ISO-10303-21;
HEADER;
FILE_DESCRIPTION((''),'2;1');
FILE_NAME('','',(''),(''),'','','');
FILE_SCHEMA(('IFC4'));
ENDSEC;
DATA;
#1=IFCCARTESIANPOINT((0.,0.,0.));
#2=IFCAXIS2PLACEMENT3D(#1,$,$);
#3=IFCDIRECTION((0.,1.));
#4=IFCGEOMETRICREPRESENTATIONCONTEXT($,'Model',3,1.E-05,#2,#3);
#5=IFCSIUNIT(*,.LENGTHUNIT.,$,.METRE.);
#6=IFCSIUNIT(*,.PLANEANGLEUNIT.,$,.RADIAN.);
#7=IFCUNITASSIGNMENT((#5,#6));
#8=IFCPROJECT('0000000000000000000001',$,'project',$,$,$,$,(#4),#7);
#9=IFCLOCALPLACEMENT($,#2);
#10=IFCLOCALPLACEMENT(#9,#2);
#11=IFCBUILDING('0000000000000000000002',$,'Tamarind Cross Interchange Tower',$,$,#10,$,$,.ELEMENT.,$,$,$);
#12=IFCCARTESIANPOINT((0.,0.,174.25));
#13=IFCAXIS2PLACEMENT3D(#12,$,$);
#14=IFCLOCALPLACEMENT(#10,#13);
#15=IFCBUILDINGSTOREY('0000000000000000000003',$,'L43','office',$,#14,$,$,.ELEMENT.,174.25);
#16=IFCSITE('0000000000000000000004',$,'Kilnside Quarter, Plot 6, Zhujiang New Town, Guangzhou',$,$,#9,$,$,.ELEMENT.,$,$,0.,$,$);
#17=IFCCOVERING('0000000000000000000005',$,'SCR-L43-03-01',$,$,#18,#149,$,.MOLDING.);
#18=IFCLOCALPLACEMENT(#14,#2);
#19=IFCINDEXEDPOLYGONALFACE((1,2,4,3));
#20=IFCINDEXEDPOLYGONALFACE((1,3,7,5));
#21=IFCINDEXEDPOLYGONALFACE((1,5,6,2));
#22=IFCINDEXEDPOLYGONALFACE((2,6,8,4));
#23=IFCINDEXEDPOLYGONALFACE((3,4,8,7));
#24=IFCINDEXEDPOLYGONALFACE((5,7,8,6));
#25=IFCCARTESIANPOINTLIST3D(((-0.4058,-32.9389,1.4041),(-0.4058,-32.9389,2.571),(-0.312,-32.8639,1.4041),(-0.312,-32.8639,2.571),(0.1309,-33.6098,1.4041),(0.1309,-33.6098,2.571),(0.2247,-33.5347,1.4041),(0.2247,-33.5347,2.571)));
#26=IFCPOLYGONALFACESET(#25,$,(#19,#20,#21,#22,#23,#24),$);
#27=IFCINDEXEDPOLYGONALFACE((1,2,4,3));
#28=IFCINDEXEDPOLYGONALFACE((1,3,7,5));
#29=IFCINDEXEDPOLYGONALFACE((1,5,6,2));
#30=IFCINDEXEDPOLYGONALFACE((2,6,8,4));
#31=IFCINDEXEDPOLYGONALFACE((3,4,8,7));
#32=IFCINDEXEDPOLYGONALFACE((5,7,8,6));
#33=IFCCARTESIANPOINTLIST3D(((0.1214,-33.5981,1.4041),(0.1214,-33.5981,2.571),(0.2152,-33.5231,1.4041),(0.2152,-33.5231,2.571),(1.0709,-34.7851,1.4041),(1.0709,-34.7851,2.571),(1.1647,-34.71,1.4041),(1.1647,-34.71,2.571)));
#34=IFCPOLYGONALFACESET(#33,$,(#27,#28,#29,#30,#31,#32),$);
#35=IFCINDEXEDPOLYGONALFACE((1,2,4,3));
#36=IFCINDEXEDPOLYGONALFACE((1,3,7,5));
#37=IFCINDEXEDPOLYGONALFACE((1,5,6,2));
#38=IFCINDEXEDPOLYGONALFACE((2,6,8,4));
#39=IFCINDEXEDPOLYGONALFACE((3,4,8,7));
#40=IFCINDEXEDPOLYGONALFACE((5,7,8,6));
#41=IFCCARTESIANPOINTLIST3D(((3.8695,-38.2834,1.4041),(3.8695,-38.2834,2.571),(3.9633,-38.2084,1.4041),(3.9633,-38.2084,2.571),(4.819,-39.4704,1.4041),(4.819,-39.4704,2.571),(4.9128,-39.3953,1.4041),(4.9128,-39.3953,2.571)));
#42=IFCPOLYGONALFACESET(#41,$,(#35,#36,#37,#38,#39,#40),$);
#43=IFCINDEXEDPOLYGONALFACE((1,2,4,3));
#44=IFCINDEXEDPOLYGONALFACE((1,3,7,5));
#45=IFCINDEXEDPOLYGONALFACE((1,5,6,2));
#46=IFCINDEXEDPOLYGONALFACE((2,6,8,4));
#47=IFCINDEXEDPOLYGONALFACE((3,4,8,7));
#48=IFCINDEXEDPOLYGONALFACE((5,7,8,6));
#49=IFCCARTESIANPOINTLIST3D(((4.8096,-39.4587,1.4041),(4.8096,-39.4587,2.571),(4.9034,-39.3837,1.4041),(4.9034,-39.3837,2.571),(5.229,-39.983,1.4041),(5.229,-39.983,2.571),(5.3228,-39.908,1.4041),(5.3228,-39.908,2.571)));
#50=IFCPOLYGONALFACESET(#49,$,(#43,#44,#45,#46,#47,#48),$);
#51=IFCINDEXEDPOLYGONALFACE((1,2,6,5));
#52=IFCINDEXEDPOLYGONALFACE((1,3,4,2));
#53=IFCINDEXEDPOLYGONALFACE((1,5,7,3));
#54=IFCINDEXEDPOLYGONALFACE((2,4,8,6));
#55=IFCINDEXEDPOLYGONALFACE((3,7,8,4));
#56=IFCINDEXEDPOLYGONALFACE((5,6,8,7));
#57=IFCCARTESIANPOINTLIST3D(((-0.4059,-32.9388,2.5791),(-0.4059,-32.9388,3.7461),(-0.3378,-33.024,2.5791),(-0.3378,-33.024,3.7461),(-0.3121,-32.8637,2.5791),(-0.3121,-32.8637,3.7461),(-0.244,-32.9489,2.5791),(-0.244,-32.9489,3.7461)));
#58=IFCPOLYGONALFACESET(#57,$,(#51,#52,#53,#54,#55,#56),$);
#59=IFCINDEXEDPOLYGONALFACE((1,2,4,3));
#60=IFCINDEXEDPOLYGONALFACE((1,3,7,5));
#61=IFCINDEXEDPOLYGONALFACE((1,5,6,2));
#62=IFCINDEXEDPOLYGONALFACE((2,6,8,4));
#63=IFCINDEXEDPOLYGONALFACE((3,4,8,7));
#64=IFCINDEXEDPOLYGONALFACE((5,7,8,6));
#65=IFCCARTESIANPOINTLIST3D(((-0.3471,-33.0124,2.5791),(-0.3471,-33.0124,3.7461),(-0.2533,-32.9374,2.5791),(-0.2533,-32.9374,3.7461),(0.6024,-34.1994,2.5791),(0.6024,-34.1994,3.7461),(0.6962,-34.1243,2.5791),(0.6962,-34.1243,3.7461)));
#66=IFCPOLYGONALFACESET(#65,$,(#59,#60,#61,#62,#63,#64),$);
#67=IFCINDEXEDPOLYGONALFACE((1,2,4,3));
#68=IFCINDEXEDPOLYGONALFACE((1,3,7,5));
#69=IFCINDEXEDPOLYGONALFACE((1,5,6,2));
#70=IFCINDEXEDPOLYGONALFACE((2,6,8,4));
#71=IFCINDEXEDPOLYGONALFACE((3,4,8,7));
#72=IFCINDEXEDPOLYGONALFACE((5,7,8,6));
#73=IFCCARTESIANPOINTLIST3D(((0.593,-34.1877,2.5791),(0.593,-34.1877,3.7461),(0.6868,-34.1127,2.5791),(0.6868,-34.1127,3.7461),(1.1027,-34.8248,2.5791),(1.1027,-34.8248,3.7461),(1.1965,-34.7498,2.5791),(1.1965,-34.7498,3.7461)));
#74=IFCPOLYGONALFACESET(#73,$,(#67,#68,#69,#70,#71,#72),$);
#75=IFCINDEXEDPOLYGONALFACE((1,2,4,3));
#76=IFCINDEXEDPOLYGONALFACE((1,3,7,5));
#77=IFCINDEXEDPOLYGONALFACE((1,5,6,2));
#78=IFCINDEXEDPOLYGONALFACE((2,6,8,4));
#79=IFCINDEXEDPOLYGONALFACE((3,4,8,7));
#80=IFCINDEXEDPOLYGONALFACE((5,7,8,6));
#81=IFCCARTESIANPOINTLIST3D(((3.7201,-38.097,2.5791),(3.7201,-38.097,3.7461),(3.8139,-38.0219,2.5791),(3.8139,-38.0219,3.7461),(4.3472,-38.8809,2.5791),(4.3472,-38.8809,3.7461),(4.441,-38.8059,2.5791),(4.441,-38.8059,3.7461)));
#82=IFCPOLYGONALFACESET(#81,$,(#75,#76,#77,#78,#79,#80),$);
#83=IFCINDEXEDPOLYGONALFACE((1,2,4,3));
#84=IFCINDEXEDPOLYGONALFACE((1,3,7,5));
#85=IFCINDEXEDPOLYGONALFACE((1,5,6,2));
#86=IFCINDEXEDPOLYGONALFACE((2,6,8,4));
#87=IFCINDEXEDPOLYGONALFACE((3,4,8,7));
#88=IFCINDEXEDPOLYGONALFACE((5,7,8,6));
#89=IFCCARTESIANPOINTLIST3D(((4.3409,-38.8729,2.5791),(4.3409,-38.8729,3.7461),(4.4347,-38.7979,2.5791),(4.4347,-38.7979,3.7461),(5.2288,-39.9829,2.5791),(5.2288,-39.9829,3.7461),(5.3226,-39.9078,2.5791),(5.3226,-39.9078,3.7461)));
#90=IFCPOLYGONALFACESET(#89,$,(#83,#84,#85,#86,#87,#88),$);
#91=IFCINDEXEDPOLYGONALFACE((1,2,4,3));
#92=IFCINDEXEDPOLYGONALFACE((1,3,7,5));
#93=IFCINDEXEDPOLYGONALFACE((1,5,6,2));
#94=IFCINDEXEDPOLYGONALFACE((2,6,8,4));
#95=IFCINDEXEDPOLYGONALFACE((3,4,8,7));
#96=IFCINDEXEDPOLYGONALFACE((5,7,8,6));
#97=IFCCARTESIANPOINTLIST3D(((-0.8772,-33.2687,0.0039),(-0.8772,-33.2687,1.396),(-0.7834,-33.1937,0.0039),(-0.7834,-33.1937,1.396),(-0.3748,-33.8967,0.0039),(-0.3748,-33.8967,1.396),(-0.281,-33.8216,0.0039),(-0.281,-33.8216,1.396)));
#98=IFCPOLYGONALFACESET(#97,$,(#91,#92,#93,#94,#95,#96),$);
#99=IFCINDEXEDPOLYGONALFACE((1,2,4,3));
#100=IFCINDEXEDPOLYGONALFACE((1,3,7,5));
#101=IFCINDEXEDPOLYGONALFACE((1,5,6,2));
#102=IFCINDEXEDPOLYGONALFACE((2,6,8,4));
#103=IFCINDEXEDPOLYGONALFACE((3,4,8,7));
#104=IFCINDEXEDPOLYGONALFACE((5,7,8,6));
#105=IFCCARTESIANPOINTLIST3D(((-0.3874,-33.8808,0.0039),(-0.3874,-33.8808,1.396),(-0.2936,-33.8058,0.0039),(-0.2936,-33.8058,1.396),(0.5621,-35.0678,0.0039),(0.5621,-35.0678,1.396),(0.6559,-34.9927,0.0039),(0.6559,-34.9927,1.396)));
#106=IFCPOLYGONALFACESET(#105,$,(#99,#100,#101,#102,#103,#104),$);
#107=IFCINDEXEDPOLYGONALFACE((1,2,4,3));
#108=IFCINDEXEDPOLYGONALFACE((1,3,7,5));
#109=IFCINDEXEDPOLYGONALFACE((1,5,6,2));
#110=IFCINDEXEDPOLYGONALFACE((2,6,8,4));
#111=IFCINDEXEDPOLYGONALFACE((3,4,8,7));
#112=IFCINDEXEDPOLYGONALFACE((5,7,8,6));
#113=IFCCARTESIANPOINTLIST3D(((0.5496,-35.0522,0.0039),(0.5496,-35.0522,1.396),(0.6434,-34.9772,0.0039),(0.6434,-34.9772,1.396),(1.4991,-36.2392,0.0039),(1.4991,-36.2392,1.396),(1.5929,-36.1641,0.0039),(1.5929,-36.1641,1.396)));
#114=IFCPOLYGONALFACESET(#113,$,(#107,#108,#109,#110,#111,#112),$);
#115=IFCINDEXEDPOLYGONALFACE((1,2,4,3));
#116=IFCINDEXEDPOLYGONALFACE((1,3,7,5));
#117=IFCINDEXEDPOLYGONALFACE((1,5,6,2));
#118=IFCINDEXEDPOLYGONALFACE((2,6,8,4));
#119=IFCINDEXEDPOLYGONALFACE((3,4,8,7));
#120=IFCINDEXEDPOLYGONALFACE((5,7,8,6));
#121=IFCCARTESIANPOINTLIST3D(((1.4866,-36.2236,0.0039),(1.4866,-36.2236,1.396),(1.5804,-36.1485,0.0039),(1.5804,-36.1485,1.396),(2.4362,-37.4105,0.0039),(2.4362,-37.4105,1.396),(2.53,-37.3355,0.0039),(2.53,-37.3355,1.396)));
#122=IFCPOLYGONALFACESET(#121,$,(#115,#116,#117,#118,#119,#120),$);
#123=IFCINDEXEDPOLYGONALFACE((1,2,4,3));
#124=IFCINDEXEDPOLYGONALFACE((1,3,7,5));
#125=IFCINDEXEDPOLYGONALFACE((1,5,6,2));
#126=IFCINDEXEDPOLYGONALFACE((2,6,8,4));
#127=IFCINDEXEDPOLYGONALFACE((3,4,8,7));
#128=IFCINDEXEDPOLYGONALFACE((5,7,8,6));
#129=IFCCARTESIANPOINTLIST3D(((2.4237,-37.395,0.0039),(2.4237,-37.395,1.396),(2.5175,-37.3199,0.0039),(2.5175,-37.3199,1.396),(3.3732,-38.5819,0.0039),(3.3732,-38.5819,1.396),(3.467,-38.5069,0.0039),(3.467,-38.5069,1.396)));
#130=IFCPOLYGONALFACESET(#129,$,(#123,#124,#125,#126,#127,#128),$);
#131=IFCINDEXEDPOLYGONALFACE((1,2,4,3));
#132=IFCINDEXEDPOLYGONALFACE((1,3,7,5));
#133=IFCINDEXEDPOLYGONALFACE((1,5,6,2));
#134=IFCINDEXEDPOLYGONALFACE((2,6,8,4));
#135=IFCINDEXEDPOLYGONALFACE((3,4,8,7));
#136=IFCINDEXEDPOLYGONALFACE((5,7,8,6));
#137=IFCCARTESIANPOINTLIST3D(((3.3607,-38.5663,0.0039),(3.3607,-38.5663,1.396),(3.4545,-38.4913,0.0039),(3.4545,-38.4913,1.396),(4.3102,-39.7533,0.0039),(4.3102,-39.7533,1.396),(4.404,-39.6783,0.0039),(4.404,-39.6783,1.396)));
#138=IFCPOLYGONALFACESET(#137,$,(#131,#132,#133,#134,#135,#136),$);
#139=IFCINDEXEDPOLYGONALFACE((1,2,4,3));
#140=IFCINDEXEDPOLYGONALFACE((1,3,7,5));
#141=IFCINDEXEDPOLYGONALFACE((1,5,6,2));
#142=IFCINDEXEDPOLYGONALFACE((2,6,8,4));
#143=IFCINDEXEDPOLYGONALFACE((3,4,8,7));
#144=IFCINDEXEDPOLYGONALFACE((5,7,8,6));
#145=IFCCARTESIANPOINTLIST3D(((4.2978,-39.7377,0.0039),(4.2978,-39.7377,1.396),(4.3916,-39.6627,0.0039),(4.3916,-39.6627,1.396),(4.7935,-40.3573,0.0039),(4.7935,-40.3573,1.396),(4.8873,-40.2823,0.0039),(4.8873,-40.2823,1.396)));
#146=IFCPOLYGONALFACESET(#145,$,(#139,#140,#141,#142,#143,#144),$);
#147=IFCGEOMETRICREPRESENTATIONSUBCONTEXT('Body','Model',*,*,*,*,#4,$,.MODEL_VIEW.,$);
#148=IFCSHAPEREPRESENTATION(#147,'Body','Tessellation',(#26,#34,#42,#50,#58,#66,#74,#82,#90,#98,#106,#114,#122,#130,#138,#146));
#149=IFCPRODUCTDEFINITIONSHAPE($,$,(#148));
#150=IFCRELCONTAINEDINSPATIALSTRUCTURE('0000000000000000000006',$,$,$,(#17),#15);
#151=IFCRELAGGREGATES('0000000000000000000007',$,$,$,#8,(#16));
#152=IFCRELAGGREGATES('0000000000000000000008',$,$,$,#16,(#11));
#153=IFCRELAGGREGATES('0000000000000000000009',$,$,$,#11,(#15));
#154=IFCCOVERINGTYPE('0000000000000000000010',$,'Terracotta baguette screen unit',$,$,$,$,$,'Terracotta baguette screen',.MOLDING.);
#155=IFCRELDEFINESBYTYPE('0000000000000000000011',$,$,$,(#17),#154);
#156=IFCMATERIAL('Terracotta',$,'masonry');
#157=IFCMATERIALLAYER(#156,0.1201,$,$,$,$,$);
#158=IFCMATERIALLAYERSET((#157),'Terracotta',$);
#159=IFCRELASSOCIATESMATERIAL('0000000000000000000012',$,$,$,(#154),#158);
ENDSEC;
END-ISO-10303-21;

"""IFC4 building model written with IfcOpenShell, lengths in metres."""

from ifc_helpers import new_model, si_unit, direction, frame, origin, origin_2d, place, context, subcontext, project, spatial, rectangle, extrude, material, layer, layer_set, type_object, element, save


model = new_model("IFC4")

# Units and contexts
model_context = context("Model", 3, precision=1e-05, world=origin(), true_north=direction((0.0, 1.0)))
body_context = subcontext(model_context, "Body", "Model", "MODEL_VIEW")
ifc_project = project(units=[si_unit("LENGTHUNIT", "METRE"), si_unit("PLANEANGLEUNIT", "RADIAN")], contexts=[model_context])

# Site, building, storey
site_placement = place(None, origin())
site = spatial("IfcSite", under=ifc_project, at=site_placement, Name="Kilnside Quarter, Plot 6, Zhujiang New Town, Guangzhou", CompositionType="ELEMENT", RefElevation=0.0)
building_placement = place(site_placement, origin())
building = spatial("IfcBuilding", under=site, at=building_placement, Name="Tamarind Cross Interchange Tower", CompositionType="ELEMENT")
storey_placement = place(building_placement, frame((0.0, 0.0, 174.25)))
storey = spatial("IfcBuildingStorey", under=building, at=storey_placement, Name="L43", Description="office", CompositionType="ELEMENT", Elevation=174.25)

# Covering
ifc_material_1 = material(Name="Terracotta", Category="masonry")
ifc_layer_1 = layer(ifc_material_1, 0.1201)
ifc_layer_set_1 = layer_set([ifc_layer_1], Name="Terracotta")
covering_type = type_object("IfcCoveringType", Name="Terracotta baguette screen unit", ElementType="Terracotta baguette screen", PredefinedType="MOLDING", material=ifc_layer_set_1)
covering_1_placement = place(storey_placement, origin())
element("IfcCovering", 1, at=covering_1_placement, inside=storey, type_object=covering_type, Name="SCR-L43-03-01", PredefinedType="MOLDING", context=body_context, shape_type="SweptSolid", body=[
    extrude(rectangle(XDim=0.8591, YDim=0.1201, at=origin_2d()), frame((-0.0906, -33.2368, 1.4041), z_axis=(0.0, 0.0, 1.0), x_axis=(0.624665, -0.780893, 0.0)), (0.0, 0.0, 1.0), 1.167),
    extrude(rectangle(XDim=1.52, YDim=0.1201, at=origin_2d()), frame((0.6431, -34.1541, 1.4041), z_axis=(0.0, 0.0, 1.0), x_axis=(0.624665, -0.780893, 0.0)), (0.0, 0.0, 1.0), 1.167),
    extrude(rectangle(XDim=1.52, YDim=0.1201, at=origin_2d()), frame((4.3911, -38.8394, 1.4041), z_axis=(0.0, 0.0, 1.0), x_axis=(0.624665, -0.780893, 0.0)), (0.0, 0.0, 1.0), 1.167),
    extrude(rectangle(XDim=0.6714, YDim=0.1201, at=origin_2d()), frame((5.0662, -39.6833, 1.4041), z_axis=(0.0, 0.0, 1.0), x_axis=(0.624665, -0.780893, 0.0)), (0.0, 0.0, 1.0), 1.167),
    extrude(rectangle(XDim=0.1091, YDim=0.1201, at=origin_2d()), frame((-0.325, -32.9438, 2.5791), z_axis=(0.0, 0.0, 1.0), x_axis=(0.624665, -0.780893, 0.0)), (0.0, 0.0, 1.0), 1.167),
    extrude(rectangle(XDim=1.52, YDim=0.1201, at=origin_2d()), frame((0.1746, -33.5684, 2.5791), z_axis=(0.0, 0.0, 1.0), x_axis=(0.624665, -0.780893, 0.0)), (0.0, 0.0, 1.0), 1.167),
    extrude(rectangle(XDim=0.8159, YDim=0.1201, at=origin_2d()), frame((0.8948, -34.4688, 2.5791), z_axis=(0.0, 0.0, 1.0), x_axis=(0.624665, -0.780893, 0.0)), (0.0, 0.0, 1.0), 1.167),
    extrude(rectangle(XDim=1.0039, YDim=0.1201, at=origin_2d()), frame((4.0806, -38.4514, 2.5791), z_axis=(0.0, 0.0, 1.0), x_axis=(0.624665, -0.780893, 0.0)), (0.0, 0.0, 1.0), 1.167),
    extrude(rectangle(XDim=1.4214, YDim=0.1201, at=origin_2d()), frame((4.8318, -39.3904, 2.5791), z_axis=(0.0, 0.0, 1.0), x_axis=(0.624665, -0.780893, 0.0)), (0.0, 0.0, 1.0), 1.167),
    extrude(rectangle(XDim=0.8042, YDim=0.1201, at=origin_2d()), frame((-0.5791, -33.5452, 0.0039), z_axis=(0.0, 0.0, 1.0), x_axis=(0.624665, -0.780893, 0.0)), (0.0, 0.0, 1.0), 1.3921),
    extrude(rectangle(XDim=1.52, YDim=0.1201, at=origin_2d()), frame((0.1343, -34.4368, 0.0039), z_axis=(0.0, 0.0, 1.0), x_axis=(0.624665, -0.780893, 0.0)), (0.0, 0.0, 1.0), 1.3921),
    extrude(rectangle(XDim=1.52, YDim=0.1201, at=origin_2d()), frame((1.0713, -35.6082, 0.0039), z_axis=(0.0, 0.0, 1.0), x_axis=(0.624665, -0.780893, 0.0)), (0.0, 0.0, 1.0), 1.3921),
    extrude(rectangle(XDim=1.52, YDim=0.1201, at=origin_2d()), frame((2.0083, -36.7795, 0.0039), z_axis=(0.0, 0.0, 1.0), x_axis=(0.624665, -0.780893, 0.0)), (0.0, 0.0, 1.0), 1.3921),
    extrude(rectangle(XDim=1.52, YDim=0.1201, at=origin_2d()), frame((2.9453, -37.9509, 0.0039), z_axis=(0.0, 0.0, 1.0), x_axis=(0.624665, -0.780893, 0.0)), (0.0, 0.0, 1.0), 1.3921),
    extrude(rectangle(XDim=1.52, YDim=0.1201, at=origin_2d()), frame((3.8823, -39.1223, 0.0039), z_axis=(0.0, 0.0, 1.0), x_axis=(0.624665, -0.780893, 0.0)), (0.0, 0.0, 1.0), 1.3921),
    extrude(rectangle(XDim=0.7935, YDim=0.1201, at=origin_2d()), frame((4.5925, -40.01, 0.0039), z_axis=(0.0, 0.0, 1.0), x_axis=(0.624665, -0.780893, 0.0)), (0.0, 0.0, 1.0), 1.3921),
])

save(model, "model.ifc")
